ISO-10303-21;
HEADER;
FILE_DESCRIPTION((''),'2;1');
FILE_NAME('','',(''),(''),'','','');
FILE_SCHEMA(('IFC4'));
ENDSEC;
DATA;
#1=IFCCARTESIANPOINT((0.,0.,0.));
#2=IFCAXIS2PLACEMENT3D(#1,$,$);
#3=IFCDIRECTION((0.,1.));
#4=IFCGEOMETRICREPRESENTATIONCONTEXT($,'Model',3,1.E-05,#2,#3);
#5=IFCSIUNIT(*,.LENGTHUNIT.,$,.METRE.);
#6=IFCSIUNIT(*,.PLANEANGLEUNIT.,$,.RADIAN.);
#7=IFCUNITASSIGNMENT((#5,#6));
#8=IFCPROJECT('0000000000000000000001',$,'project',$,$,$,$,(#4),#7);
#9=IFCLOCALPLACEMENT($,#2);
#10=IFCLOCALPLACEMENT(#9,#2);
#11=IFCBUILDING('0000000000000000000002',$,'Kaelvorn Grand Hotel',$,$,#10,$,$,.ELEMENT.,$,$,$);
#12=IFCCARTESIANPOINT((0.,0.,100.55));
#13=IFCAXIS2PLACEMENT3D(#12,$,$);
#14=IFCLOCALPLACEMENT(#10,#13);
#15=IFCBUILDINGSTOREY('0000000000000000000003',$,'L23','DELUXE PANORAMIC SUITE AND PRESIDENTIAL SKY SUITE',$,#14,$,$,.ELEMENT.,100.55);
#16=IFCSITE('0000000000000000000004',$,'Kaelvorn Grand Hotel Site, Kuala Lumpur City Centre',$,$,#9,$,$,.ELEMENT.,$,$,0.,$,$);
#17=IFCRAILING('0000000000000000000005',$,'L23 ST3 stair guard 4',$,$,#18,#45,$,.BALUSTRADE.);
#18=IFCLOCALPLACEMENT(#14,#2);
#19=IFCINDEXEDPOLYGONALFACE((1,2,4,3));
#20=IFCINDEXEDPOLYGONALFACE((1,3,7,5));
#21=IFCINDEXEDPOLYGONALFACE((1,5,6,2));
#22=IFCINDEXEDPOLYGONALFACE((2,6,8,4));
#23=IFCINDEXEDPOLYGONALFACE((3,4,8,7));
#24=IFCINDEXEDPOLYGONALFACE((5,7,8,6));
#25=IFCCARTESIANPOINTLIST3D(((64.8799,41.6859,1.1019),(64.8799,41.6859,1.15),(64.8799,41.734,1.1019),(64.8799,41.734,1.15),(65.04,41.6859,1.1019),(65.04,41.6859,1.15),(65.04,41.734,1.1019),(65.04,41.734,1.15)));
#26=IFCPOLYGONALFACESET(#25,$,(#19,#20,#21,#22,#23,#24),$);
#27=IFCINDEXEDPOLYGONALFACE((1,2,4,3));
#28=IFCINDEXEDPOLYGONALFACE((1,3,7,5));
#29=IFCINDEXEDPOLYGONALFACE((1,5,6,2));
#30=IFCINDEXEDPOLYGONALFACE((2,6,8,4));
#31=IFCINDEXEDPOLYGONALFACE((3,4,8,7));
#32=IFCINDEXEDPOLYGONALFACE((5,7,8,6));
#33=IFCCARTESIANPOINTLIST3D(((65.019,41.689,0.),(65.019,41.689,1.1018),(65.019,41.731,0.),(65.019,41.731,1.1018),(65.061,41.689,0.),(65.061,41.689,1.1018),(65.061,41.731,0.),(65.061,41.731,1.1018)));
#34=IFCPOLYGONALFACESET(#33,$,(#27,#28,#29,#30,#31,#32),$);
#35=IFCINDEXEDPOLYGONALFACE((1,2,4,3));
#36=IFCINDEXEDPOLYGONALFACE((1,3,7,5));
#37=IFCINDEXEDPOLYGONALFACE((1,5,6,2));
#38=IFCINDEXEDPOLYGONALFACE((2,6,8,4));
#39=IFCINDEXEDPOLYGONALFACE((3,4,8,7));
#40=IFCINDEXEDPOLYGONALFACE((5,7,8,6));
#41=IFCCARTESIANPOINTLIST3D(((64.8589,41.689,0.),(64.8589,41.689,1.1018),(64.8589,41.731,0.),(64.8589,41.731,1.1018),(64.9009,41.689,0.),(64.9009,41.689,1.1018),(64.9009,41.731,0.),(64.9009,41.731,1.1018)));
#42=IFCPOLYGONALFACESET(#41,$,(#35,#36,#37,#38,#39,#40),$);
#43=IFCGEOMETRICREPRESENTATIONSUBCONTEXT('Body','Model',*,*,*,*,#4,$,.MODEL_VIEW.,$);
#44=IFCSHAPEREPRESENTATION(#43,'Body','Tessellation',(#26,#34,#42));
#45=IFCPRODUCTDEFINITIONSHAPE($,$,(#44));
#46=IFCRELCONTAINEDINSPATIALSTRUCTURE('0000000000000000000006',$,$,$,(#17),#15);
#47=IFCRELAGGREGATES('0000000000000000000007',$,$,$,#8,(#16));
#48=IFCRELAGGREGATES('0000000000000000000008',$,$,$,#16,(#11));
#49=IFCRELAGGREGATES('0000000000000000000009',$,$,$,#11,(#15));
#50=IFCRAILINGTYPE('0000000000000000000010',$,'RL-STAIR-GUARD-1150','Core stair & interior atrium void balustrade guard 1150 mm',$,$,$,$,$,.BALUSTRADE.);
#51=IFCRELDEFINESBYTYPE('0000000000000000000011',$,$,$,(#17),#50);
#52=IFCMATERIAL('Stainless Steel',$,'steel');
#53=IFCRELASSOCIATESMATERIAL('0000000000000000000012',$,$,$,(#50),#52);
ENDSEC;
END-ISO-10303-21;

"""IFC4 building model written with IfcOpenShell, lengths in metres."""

from ifc_helpers import new_model, si_unit, direction, frame, origin, origin_2d, place, context, subcontext, project, spatial, rectangle, extrude, material, type_object, element, save


model = new_model("IFC4")

# Units and contexts
model_context = context("Model", 3, precision=1e-05, world=origin(), true_north=direction((0.0, 1.0)))
body_context = subcontext(model_context, "Body", "Model", "MODEL_VIEW")
ifc_project = project(units=[si_unit("LENGTHUNIT", "METRE"), si_unit("PLANEANGLEUNIT", "RADIAN")], contexts=[model_context])

# Site, building, storey
site_placement = place(None, origin())
site = spatial("IfcSite", under=ifc_project, at=site_placement, Name="Kaelvorn Grand Hotel Site, Kuala Lumpur City Centre", CompositionType="ELEMENT", RefElevation=0.0)
building_placement = place(site_placement, origin())
building = spatial("IfcBuilding", under=site, at=building_placement, Name="Kaelvorn Grand Hotel", CompositionType="ELEMENT")
storey_placement = place(building_placement, frame((0.0, 0.0, 100.55)))
storey = spatial("IfcBuildingStorey", under=building, at=storey_placement, Name="L23", Description="DELUXE PANORAMIC SUITE AND PRESIDENTIAL SKY SUITE", CompositionType="ELEMENT", Elevation=100.55)

# Shared definitions
ifc_material_1 = material(Name="Stainless Steel", Category="steel")

# Railing
railing_type_1 = type_object("IfcRailingType", Name="RL-STAIR-GUARD-1150", Description="Core stair & interior atrium void balustrade guard 1150 mm", PredefinedType="BALUSTRADE", material=ifc_material_1)
railing_1_placement = place(storey_placement, frame((65.04, 41.71, 0.0)))
element("IfcRailing", 1, at=railing_1_placement, inside=storey, type_object=railing_type_1, Name="L23 ST3 stair guard 4", PredefinedType="BALUSTRADE", context=body_context, shape_type="SweptSolid", body=[
    extrude(rectangle(XDim=0.0481, YDim=0.0481, at=origin_2d()), frame((0.0, 0.0, 1.126), z_axis=(-1.0, 0.0, 0.0), x_axis=(0.0, -1.0, 0.0)), (0.0, 0.0, 1.0), 0.1602),
    extrude(rectangle(XDim=0.042, YDim=0.042, at=origin_2d()), origin(), (0.0, 0.0, 1.0), 1.1018),
    extrude(rectangle(XDim=0.042, YDim=0.042, at=origin_2d()), frame((-0.1602, 0.0, 0.0)), (0.0, 0.0, 1.0), 1.1018),
])

save(model, "model.ifc")
